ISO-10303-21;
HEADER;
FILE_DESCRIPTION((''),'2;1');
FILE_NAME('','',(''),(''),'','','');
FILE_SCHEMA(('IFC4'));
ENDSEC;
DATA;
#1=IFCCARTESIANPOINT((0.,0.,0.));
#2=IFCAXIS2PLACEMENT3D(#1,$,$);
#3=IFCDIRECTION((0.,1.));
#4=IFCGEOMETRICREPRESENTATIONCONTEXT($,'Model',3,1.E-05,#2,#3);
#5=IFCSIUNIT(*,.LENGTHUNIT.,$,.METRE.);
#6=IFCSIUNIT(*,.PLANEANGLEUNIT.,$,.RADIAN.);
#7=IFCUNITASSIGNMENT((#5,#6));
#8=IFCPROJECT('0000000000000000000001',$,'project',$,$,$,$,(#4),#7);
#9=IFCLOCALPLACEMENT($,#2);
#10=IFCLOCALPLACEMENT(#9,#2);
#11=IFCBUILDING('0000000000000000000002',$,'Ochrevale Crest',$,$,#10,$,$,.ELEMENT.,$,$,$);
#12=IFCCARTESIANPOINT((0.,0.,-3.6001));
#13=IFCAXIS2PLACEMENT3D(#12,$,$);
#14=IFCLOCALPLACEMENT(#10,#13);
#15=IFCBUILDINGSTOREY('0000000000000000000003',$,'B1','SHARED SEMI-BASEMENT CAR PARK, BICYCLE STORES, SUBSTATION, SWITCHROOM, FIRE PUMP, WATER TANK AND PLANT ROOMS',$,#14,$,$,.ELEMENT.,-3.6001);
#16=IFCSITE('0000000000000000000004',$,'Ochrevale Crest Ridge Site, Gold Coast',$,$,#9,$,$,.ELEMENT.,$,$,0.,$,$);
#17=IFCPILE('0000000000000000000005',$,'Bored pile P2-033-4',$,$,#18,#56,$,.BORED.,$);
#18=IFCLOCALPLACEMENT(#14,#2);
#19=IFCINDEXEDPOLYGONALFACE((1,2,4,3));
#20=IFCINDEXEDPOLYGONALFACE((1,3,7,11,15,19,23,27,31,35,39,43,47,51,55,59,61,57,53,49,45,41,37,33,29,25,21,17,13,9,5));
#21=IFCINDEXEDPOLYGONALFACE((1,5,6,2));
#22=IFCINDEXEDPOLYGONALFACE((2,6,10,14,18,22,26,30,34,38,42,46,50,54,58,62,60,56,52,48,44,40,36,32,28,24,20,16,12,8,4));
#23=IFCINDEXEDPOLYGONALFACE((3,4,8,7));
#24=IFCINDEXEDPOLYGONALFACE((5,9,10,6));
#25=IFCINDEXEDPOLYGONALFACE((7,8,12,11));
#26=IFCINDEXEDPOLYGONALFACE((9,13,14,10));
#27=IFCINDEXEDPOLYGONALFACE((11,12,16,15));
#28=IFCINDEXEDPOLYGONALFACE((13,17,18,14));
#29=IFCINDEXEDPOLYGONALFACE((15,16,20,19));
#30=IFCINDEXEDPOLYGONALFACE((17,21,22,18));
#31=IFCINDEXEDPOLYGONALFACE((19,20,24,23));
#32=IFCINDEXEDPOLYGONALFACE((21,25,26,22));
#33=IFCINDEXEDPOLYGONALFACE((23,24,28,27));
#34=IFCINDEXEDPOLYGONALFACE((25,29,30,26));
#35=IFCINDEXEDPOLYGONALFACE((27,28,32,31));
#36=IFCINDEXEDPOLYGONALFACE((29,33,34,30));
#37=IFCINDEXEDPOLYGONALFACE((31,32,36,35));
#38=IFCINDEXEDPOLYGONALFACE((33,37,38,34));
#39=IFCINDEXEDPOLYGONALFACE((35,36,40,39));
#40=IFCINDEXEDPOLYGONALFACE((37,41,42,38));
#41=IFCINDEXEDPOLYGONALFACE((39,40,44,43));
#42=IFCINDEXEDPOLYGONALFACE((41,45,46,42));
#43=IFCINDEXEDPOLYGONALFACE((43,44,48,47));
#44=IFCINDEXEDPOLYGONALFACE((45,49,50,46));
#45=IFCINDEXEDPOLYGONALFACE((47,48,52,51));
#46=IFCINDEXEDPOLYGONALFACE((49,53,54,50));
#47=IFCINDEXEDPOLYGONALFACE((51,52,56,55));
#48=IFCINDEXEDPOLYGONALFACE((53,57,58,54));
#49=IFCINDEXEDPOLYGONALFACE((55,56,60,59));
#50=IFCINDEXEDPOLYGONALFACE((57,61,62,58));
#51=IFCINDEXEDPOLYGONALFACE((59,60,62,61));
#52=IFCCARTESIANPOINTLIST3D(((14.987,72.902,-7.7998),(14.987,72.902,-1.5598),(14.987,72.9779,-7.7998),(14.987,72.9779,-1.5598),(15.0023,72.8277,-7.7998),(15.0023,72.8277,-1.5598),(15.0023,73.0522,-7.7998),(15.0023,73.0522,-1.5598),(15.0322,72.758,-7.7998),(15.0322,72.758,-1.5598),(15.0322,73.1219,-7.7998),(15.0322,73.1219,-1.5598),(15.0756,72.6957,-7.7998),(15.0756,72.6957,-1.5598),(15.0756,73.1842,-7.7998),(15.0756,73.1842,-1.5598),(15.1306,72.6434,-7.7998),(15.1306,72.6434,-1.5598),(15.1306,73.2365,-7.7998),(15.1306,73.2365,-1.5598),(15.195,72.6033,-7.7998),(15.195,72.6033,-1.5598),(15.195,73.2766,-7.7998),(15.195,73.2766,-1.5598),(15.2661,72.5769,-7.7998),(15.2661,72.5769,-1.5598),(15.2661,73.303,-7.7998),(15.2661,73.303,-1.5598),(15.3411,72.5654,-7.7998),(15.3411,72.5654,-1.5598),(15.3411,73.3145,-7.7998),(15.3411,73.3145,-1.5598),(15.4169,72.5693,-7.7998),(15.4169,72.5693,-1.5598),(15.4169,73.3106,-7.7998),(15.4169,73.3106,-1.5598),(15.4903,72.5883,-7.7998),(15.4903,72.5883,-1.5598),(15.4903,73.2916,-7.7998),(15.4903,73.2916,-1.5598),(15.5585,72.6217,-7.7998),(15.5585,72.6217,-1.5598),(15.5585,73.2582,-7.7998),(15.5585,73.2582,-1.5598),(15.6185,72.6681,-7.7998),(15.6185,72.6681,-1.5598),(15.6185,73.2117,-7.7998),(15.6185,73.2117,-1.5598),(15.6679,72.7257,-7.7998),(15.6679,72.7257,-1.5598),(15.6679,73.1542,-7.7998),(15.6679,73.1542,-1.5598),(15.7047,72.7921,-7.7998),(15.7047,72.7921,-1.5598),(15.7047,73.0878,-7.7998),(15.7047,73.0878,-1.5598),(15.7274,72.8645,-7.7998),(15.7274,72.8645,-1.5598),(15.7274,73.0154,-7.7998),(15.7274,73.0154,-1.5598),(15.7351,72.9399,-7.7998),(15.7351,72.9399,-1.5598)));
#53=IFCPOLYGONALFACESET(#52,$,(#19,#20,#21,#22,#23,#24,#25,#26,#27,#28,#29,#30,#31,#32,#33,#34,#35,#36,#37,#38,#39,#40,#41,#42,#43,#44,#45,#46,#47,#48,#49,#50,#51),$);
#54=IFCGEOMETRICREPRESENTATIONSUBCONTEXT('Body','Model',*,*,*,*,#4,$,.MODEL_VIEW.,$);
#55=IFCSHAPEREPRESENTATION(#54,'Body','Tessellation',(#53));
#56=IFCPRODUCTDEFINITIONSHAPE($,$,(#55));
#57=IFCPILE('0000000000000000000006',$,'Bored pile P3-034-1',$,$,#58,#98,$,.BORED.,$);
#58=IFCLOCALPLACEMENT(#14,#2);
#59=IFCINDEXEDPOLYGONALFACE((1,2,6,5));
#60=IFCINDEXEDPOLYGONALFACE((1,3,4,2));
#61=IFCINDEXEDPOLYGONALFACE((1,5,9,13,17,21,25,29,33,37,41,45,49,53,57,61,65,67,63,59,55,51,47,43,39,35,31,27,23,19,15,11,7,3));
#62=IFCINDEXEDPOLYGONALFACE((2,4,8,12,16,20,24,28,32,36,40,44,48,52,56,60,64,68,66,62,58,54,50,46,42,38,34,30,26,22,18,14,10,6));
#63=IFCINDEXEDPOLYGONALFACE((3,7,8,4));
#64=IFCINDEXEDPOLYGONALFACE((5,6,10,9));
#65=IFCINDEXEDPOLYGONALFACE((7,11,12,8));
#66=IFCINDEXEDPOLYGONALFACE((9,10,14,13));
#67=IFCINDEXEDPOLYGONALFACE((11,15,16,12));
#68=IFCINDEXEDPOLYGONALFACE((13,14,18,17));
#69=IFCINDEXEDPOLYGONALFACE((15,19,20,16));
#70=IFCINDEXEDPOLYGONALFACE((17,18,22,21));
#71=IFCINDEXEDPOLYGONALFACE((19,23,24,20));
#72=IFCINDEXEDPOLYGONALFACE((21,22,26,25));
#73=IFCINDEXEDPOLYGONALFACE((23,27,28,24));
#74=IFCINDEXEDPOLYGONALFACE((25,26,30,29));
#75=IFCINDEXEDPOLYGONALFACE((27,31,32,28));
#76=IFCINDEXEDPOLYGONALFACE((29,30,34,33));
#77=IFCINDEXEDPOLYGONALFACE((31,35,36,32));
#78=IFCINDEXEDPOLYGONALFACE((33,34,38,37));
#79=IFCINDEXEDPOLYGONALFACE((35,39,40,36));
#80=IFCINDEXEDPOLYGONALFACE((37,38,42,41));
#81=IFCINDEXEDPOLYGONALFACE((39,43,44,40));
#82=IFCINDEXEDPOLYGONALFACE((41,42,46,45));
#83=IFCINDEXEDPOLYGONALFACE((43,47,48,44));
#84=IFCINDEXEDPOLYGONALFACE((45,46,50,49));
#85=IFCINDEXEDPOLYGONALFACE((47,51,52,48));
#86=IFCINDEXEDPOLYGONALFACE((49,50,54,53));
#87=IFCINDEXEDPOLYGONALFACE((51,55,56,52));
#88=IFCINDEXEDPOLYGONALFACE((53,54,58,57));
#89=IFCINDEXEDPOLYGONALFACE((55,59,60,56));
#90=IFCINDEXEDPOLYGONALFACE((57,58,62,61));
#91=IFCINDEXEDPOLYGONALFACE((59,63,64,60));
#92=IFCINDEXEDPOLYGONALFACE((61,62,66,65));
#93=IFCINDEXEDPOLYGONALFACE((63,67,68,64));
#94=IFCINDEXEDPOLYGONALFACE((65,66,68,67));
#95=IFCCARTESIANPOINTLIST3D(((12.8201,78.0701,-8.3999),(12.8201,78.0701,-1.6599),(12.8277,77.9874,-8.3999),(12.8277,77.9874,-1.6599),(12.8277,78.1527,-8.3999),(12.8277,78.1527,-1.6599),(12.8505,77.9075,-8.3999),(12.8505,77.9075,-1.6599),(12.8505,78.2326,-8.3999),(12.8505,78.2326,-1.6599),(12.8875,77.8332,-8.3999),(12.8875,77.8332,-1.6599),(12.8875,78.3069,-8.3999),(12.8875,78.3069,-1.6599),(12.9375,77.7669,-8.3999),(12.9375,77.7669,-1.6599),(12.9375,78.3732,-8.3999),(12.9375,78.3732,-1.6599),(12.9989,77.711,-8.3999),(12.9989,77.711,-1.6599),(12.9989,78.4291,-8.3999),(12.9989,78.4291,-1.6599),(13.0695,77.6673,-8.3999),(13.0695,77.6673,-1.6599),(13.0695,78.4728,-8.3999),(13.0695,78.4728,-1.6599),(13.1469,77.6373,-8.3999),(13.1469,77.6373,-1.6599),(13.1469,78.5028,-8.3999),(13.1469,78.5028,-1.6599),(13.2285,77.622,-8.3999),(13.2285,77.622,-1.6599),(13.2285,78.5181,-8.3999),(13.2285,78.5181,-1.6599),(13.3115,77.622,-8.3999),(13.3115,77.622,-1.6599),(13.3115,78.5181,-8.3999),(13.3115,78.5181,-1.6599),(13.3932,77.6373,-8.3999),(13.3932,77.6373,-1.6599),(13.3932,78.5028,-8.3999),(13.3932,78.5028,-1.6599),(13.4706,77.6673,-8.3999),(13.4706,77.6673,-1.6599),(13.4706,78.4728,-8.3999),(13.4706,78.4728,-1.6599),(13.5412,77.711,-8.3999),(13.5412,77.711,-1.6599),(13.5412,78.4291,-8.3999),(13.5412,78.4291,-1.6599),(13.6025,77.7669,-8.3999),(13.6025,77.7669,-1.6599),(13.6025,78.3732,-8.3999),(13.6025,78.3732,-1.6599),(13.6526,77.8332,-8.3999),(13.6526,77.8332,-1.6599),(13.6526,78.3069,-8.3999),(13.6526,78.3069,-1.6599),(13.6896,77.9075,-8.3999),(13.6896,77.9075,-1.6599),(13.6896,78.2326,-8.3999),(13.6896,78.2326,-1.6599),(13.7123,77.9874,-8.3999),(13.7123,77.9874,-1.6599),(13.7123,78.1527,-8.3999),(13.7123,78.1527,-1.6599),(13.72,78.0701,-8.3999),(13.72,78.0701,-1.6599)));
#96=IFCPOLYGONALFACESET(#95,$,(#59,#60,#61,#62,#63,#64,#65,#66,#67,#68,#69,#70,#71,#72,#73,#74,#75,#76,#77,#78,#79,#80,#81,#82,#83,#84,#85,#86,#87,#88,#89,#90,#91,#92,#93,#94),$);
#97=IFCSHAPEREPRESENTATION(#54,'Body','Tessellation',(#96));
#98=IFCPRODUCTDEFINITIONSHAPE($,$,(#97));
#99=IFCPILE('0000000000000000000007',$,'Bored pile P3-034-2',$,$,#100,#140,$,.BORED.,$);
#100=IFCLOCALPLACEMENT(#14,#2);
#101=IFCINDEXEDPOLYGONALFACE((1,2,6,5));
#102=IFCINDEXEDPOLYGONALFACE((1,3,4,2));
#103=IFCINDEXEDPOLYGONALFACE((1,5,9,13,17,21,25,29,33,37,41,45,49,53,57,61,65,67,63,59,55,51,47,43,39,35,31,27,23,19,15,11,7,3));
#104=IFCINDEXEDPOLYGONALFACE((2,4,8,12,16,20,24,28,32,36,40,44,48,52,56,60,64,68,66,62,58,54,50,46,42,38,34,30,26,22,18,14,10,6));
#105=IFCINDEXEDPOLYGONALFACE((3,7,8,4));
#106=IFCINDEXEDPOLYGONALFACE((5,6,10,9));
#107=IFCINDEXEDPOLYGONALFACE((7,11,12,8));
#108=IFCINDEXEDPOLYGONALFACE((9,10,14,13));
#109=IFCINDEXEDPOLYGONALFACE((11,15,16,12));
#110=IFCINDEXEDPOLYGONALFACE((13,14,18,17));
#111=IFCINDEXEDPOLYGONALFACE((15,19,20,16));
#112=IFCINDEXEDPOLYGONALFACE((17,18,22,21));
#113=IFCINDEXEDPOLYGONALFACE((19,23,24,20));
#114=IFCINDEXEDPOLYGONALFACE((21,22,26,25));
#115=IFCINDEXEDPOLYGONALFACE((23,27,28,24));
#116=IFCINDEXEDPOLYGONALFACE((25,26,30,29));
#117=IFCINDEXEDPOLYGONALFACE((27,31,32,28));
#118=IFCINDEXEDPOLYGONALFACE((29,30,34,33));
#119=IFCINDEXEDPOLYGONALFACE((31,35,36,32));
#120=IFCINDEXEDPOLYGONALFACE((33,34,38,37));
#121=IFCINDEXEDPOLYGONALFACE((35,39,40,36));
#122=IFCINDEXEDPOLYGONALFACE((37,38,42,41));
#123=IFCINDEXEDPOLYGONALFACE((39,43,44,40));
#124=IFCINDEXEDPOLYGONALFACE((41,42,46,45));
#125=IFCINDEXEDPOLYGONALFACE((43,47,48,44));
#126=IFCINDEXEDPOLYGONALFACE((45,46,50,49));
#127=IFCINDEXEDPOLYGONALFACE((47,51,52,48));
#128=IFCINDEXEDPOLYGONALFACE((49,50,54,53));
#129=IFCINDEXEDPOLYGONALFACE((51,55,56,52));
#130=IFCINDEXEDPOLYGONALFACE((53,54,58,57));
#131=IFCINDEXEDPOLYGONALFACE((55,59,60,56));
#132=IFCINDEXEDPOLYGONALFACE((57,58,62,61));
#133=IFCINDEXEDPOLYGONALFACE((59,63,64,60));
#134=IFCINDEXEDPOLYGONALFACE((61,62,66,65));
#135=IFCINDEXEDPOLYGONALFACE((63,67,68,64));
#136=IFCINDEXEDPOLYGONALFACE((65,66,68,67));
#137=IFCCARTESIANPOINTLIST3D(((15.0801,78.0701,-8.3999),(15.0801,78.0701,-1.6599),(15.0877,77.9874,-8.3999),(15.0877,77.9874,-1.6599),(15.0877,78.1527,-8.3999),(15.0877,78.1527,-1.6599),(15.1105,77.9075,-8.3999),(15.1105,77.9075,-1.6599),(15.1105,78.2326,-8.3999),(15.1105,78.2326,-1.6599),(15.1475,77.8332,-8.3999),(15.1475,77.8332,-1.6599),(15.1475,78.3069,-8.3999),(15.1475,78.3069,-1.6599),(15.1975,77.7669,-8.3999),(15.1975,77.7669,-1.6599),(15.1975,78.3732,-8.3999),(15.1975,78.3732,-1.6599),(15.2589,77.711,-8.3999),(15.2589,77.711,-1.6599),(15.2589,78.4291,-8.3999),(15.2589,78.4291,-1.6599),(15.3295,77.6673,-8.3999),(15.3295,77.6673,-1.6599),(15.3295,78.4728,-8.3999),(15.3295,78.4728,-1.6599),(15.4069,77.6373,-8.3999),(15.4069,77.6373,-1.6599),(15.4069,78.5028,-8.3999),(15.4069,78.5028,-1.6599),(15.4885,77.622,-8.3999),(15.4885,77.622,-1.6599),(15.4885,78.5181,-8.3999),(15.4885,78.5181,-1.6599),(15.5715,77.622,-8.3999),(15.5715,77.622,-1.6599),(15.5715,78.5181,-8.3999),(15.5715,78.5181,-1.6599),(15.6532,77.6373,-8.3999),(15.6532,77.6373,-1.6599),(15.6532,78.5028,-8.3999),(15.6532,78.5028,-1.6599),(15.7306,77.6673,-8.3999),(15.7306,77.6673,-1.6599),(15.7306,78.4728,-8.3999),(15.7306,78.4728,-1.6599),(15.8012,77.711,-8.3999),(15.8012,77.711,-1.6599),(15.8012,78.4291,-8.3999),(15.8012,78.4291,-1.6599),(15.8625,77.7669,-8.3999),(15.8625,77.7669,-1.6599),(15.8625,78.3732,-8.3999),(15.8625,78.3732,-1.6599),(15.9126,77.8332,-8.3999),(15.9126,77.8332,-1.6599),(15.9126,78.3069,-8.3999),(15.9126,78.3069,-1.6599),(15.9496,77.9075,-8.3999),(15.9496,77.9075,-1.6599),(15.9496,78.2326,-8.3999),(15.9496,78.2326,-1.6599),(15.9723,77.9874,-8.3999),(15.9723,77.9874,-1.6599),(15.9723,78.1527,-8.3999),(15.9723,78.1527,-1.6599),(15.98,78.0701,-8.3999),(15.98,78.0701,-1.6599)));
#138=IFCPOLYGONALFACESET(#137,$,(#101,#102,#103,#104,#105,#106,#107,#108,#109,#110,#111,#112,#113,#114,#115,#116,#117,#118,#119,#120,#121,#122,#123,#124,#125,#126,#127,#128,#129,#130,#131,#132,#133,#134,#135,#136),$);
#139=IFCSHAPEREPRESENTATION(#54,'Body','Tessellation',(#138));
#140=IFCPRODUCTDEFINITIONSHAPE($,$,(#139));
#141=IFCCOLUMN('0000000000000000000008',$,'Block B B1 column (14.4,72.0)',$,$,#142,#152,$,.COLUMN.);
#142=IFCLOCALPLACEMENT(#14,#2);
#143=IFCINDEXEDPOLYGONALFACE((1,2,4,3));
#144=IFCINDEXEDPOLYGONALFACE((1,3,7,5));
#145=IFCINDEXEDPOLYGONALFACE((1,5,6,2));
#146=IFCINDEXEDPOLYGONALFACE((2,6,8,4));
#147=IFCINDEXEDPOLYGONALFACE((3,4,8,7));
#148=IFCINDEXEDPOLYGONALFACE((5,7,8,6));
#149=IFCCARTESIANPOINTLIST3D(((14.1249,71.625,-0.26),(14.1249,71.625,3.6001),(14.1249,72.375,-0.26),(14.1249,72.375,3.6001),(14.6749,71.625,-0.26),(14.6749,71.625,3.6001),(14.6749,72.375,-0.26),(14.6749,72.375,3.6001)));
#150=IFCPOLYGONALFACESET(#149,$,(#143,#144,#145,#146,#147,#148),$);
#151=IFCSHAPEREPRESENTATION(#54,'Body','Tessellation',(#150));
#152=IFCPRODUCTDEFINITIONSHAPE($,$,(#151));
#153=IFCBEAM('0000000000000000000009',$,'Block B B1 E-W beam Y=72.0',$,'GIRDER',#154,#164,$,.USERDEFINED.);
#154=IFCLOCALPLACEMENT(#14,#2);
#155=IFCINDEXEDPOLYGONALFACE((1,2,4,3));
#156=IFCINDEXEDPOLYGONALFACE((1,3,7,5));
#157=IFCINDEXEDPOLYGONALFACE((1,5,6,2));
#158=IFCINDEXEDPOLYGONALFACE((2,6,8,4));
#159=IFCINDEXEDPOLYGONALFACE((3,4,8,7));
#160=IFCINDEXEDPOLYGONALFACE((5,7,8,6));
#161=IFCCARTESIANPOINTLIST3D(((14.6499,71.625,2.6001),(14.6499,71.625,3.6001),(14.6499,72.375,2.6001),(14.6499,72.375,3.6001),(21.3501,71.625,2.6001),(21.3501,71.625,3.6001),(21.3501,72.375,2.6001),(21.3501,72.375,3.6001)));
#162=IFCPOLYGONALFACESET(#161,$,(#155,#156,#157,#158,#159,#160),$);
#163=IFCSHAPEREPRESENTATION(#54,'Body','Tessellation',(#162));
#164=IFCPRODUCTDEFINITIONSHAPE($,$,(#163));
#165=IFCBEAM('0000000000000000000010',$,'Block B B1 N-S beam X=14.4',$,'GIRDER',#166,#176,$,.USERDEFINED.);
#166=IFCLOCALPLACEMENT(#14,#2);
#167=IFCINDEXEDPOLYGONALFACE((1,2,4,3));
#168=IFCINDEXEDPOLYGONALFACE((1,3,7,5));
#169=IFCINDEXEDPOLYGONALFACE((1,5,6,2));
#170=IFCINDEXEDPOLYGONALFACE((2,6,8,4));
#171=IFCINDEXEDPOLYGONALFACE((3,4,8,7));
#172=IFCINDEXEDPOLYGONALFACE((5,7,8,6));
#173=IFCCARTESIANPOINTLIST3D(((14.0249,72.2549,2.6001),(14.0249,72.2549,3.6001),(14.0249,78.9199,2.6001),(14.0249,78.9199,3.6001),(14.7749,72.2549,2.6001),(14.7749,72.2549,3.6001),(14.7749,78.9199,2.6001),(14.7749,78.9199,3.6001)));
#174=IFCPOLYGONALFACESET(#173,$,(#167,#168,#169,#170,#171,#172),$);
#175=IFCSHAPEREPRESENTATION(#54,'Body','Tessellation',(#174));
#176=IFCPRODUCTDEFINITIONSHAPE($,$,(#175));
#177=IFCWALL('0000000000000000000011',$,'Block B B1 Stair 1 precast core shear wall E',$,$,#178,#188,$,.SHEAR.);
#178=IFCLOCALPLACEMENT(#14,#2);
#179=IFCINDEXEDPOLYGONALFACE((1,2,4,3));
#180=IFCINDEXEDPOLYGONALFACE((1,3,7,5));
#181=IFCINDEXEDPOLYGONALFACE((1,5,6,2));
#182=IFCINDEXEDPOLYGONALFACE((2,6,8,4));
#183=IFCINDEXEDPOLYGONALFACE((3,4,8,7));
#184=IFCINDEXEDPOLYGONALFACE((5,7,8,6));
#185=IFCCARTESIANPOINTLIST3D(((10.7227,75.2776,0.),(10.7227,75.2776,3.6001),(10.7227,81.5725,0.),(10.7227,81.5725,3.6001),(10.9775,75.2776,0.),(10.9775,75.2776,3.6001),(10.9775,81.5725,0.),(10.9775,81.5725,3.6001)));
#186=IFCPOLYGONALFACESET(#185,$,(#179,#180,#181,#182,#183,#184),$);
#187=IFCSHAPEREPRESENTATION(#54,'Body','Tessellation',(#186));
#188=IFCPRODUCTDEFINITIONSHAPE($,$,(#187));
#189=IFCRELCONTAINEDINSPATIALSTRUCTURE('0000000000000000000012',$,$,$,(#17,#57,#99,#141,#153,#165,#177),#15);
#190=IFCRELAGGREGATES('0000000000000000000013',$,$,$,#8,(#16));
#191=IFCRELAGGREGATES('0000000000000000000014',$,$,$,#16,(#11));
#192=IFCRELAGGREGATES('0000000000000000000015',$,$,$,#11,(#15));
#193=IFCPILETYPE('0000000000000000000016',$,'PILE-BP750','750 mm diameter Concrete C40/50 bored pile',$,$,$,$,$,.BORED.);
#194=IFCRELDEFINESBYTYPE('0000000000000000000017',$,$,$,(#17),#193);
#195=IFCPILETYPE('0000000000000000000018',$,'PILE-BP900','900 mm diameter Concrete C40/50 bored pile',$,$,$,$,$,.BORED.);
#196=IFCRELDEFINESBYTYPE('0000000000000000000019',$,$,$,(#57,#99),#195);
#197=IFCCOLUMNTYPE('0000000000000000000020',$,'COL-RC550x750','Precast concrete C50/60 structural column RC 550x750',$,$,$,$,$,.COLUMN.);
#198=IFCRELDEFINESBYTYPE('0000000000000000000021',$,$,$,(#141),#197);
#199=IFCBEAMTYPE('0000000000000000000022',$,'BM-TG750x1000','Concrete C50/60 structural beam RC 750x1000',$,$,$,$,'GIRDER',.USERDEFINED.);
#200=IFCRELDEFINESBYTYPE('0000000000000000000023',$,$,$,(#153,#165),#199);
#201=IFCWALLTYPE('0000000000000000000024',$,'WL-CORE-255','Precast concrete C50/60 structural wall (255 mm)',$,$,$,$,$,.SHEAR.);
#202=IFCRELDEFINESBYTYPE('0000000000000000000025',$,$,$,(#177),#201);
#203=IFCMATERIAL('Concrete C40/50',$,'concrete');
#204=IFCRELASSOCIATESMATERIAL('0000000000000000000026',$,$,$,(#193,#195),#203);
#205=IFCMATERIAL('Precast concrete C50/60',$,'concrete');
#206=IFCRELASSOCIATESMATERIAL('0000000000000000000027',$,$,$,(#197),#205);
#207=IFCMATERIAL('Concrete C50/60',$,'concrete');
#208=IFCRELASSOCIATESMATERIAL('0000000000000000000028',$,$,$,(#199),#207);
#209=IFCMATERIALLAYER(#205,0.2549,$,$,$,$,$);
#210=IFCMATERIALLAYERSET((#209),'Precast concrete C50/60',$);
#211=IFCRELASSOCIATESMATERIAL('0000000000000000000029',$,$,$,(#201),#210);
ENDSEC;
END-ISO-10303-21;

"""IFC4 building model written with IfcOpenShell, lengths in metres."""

from ifc_helpers import new_model, si_unit, direction, frame, frame_2d, origin, origin_2d, place, context, subcontext, project, spatial, rectangle, circle, extrude, material, layer, layer_set, material_profile, profile_set, type_object, element, save


model = new_model("IFC4")

# Units and contexts
model_context = context("Model", 3, precision=1e-05, world=origin(), true_north=direction((0.0, 1.0)))
body_context = subcontext(model_context, "Body", "Model", "MODEL_VIEW")
ifc_project = project(units=[si_unit("LENGTHUNIT", "METRE"), si_unit("PLANEANGLEUNIT", "RADIAN")], contexts=[model_context])

# Site, building, storey
site_placement = place(None, origin())
site = spatial("IfcSite", under=ifc_project, at=site_placement, Name="Ochrevale Crest Ridge Site, Gold Coast", CompositionType="ELEMENT", RefElevation=0.0)
building_placement = place(site_placement, origin())
building = spatial("IfcBuilding", under=site, at=building_placement, Name="Ochrevale Crest", CompositionType="ELEMENT")
storey_placement = place(building_placement, frame((0.0, 0.0, -3.6001)))
storey = spatial("IfcBuildingStorey", under=building, at=storey_placement, Name="B1", Description="SHARED SEMI-BASEMENT CAR PARK, BICYCLE STORES, SUBSTATION, SWITCHROOM, FIRE PUMP, WATER TANK AND PLANT ROOMS", CompositionType="ELEMENT", Elevation=-3.6001)

# Shared definitions
ifc_material_1 = material(Name="Concrete C40/50", Category="concrete")

# Piles
ifc_material_profile_1 = material_profile(ifc_material_1, circle(Radius=0.375, at=origin_2d()), Name="BORED PILE 750")
ifc_profile_set_1 = profile_set([ifc_material_profile_1], Name="Concrete C40/50")
pile_type_1 = type_object("IfcPileType", Name="PILE-BP750", Description="750 mm diameter Concrete C40/50 bored pile", PredefinedType="BORED", material=ifc_profile_set_1)
for number, where, z_axis, x_axis, name in (
    (1, (15.3601, 72.9399, -1.5598), (0.0, 0.0, -1.0), (1.0, 0.0, 0.0), "Bored pile P2-033-4"),
):
    element("IfcPile", number, at=place(storey_placement, frame(where, z_axis=z_axis, x_axis=x_axis)), inside=storey, type_object=pile_type_1, Name=name, PredefinedType="BORED", context=body_context, shape_type="SweptSolid", body=[
        extrude(circle(Radius=0.375, at=origin_2d()), origin(), (0.0, 0.0, 1.0), 6.24),
    ])
ifc_material_profile_2 = material_profile(ifc_material_1, circle(Radius=0.45, at=origin_2d()), Name="BORED PILE 900")
ifc_profile_set_2 = profile_set([ifc_material_profile_2], Name="Concrete C40/50")
pile_type_2 = type_object("IfcPileType", Name="PILE-BP900", Description="900 mm diameter Concrete C40/50 bored pile", PredefinedType="BORED", material=ifc_profile_set_2)
for number, where, z_axis, x_axis, name in (
    (2, (13.27, 78.0701, -1.6599), (0.0, 0.0, -1.0), (1.0, 0.0, 0.0), "Bored pile P3-034-1"),
    (3, (15.53, 78.0701, -1.6599), (0.0, 0.0, -1.0), (1.0, 0.0, 0.0), "Bored pile P3-034-2"),
):
    element("IfcPile", number, at=place(storey_placement, frame(where, z_axis=z_axis, x_axis=x_axis)), inside=storey, type_object=pile_type_2, Name=name, PredefinedType="BORED", context=body_context, shape_type="SweptSolid", body=[
        extrude(circle(Radius=0.45, at=origin_2d()), origin(), (0.0, 0.0, 1.0), 6.74),
    ])

# Column
ifc_material_2 = material(Name="Precast concrete C50/60", Category="concrete")
ifc_material_profile_3 = material_profile(ifc_material_2, rectangle(XDim=0.55, YDim=0.75, at=origin_2d()), Name="RC 550x750")
ifc_profile_set_3 = profile_set([ifc_material_profile_3], Name="Precast concrete C50/60")
column_type = type_object("IfcColumnType", Name="COL-RC550x750", Description="Precast concrete C50/60 structural column RC 550x750", PredefinedType="COLUMN", material=ifc_profile_set_3)
column_placement = place(storey_placement, frame((14.3999, 72.0, -0.26), z_axis=(0.0, 0.0, 1.0), x_axis=(1.0, 0.0, 0.0)))
element("IfcColumn", 4, at=column_placement, inside=storey, type_object=column_type, Name="Block B B1 column (14.4,72.0)", PredefinedType="COLUMN", context=body_context, shape_type="SweptSolid", body=[
    extrude(rectangle(XDim=0.55, YDim=0.75, at=origin_2d()), origin(), (0.0, 0.0, 1.0), 3.8601),
])

# Beams
ifc_material_3 = material(Name="Concrete C50/60", Category="concrete")
ifc_material_profile_4 = material_profile(ifc_material_3, rectangle(XDim=0.75, YDim=1.0, at=origin_2d()), Name="RC 750x1000")
ifc_profile_set_4 = profile_set([ifc_material_profile_4], Name="Concrete C50/60")
beam_type = type_object("IfcBeamType", Name="BM-TG750x1000", Description="Concrete C50/60 structural beam RC 750x1000", ElementType="GIRDER", PredefinedType="USERDEFINED", material=ifc_profile_set_4)
beam_1_placement = place(storey_placement, frame((14.6499, 72.0, 3.1001), z_axis=(1.0, 0.0, 0.0), x_axis=(0.0, 1.0, 0.0)))
element("IfcBeam", 5, at=beam_1_placement, inside=storey, type_object=beam_type, Name="Block B B1 E-W beam Y=72.0", ObjectType="GIRDER", PredefinedType="USERDEFINED", context=body_context, shape_type="SweptSolid", body=[
    extrude(rectangle(XDim=0.75, YDim=1.0, at=origin_2d()), origin(), (0.0, 0.0, 1.0), 6.7002),
])
beam_2_placement = place(storey_placement, frame((14.3999, 72.2549, 3.1001), z_axis=(0.0, 1.0, 0.0), x_axis=(-1.0, 0.0, 0.0)))
element("IfcBeam", 6, at=beam_2_placement, inside=storey, type_object=beam_type, Name="Block B B1 N-S beam X=14.4", ObjectType="GIRDER", PredefinedType="USERDEFINED", context=body_context, shape_type="SweptSolid", body=[
    extrude(rectangle(XDim=0.75, YDim=1.0, at=origin_2d()), origin(), (0.0, 0.0, 1.0), 6.665),
])

# Wall
ifc_layer = layer(ifc_material_2, 0.2549)
ifc_layer_set = layer_set([ifc_layer], Name="Precast concrete C50/60")
wall_type = type_object("IfcWallType", Name="WL-CORE-255", Description="Precast concrete C50/60 structural wall (255 mm)", PredefinedType="SHEAR", material=ifc_layer_set)
wall_1_placement = place(storey_placement, frame((10.8501, 75.2776, 0.0), z_axis=(0.0, 0.0, 1.0), x_axis=(0.0, 1.0, 0.0)))
element("IfcWall", 7, at=wall_1_placement, inside=storey, type_object=wall_type, Name="Block B B1 Stair 1 precast core shear wall E", PredefinedType="SHEAR", context=body_context, shape_type="SweptSolid", body=[
    extrude(rectangle(XDim=6.2949, YDim=0.2549, at=frame_2d((3.1475, 0.0))), origin(), (0.0, 0.0, 1.0), 3.6001),
])

save(model, "model.ifc")
